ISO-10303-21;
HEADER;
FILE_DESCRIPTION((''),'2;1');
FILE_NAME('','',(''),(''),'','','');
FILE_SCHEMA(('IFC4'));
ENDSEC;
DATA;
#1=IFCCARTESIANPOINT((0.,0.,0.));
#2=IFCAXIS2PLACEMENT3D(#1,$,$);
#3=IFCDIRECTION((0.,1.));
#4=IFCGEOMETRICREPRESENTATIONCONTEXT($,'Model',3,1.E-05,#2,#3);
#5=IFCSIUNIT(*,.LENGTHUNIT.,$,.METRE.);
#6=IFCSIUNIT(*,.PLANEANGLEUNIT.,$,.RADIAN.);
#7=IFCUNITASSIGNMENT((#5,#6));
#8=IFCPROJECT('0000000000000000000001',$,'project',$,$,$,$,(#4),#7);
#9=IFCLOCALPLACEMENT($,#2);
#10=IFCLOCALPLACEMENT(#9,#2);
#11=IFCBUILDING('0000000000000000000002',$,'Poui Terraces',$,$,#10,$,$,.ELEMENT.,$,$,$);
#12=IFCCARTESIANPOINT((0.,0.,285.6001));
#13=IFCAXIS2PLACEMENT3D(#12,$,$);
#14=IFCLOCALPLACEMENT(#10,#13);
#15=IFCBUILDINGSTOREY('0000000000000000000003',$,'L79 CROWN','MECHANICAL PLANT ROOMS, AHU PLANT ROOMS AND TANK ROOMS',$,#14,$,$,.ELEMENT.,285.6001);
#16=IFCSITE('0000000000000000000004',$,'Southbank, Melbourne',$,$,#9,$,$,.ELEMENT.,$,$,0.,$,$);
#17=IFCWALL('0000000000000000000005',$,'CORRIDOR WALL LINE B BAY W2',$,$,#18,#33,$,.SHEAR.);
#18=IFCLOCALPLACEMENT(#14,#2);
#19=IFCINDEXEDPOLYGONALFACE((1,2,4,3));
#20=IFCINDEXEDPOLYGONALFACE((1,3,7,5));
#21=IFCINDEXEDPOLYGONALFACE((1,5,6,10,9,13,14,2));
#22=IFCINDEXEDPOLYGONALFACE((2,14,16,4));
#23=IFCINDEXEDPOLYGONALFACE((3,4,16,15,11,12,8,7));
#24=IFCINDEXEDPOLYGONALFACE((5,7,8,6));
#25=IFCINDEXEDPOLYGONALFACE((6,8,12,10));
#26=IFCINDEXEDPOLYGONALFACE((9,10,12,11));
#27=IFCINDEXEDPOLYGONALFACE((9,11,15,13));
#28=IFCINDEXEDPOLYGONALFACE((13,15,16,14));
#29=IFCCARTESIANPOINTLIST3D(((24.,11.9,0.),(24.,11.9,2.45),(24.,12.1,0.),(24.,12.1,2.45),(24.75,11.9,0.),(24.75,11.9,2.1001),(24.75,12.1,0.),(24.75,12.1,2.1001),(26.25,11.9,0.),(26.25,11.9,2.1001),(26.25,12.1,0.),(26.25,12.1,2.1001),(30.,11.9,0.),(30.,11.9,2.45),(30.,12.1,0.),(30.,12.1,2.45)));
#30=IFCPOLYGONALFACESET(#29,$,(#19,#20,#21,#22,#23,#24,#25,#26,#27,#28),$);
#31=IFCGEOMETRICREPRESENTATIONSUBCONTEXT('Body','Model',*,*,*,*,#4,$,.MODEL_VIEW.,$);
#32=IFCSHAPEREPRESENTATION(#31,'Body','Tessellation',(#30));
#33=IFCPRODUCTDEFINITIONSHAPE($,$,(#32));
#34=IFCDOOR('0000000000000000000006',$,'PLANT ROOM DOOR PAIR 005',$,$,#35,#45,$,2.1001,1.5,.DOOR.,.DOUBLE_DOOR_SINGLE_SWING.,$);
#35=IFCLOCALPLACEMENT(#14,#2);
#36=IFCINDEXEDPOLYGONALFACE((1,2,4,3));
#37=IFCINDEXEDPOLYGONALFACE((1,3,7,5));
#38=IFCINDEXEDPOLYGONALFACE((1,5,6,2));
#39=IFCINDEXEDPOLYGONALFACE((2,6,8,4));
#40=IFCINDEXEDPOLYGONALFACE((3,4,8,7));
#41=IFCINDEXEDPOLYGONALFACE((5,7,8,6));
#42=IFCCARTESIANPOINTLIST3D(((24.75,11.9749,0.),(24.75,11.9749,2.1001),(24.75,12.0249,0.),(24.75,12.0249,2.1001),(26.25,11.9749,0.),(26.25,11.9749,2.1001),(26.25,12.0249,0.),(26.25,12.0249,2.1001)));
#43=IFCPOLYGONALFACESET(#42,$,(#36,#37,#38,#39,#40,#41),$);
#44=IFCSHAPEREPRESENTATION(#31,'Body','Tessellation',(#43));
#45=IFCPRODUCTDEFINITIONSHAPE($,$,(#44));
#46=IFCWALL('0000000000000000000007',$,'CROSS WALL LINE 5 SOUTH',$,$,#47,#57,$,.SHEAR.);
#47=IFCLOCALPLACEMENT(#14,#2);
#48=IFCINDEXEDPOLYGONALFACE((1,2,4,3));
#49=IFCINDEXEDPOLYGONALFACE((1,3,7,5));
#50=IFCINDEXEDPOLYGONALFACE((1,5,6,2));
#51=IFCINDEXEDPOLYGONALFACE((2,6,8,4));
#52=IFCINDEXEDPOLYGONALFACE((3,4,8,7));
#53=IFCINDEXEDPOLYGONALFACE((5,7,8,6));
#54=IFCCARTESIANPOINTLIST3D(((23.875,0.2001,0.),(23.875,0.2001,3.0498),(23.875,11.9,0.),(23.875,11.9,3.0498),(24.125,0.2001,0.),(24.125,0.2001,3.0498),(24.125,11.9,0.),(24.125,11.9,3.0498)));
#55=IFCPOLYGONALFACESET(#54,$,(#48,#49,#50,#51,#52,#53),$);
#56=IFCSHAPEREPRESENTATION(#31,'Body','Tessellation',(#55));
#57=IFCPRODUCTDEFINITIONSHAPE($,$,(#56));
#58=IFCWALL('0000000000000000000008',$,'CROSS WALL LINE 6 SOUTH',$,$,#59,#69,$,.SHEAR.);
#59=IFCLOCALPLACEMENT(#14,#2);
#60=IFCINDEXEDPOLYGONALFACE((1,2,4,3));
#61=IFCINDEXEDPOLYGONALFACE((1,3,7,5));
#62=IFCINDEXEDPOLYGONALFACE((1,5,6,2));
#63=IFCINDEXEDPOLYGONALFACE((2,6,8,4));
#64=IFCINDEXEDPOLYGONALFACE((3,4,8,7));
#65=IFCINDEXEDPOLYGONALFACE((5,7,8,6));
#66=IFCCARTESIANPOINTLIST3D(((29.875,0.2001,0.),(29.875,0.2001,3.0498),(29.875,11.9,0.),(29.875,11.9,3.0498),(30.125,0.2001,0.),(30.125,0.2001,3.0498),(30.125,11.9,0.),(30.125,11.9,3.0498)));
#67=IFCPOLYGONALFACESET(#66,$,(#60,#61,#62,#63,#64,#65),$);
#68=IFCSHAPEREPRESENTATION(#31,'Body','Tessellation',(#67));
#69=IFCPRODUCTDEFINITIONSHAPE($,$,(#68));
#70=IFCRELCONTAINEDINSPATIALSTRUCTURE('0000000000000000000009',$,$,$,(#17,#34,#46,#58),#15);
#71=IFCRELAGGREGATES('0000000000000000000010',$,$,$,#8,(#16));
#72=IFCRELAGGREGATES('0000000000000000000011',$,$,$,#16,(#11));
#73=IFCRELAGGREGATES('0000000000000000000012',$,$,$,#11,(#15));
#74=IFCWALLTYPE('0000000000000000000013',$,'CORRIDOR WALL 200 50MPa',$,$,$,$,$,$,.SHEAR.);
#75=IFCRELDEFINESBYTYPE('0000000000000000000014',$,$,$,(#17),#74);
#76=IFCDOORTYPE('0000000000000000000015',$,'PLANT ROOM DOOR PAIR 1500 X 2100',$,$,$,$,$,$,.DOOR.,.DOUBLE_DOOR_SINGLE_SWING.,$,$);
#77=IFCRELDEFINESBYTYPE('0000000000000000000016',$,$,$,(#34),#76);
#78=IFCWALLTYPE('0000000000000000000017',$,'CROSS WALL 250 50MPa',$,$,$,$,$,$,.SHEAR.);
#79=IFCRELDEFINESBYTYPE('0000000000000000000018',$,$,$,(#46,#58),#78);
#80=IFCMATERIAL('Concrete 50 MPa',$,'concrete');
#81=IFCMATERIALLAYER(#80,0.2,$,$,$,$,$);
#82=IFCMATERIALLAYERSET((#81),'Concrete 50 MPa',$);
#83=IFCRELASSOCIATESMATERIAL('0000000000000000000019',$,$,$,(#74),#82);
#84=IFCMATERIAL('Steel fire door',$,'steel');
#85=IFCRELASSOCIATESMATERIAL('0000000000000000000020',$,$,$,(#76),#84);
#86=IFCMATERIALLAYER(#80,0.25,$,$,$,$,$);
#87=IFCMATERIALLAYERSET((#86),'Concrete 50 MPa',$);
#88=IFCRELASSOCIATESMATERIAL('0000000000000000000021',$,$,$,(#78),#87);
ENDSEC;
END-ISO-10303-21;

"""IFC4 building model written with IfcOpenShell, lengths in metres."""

from ifc_helpers import new_model, si_unit, direction, frame, frame_2d, origin, place, context, subcontext, project, spatial, rectangle, extrude, material, layer, layer_set, type_object, element, fill, save


model = new_model("IFC4")

# Units and contexts
model_context = context("Model", 3, precision=1e-05, world=origin(), true_north=direction((0.0, 1.0)))
body_context = subcontext(model_context, "Body", "Model", "MODEL_VIEW")
ifc_project = project(units=[si_unit("LENGTHUNIT", "METRE"), si_unit("PLANEANGLEUNIT", "RADIAN")], contexts=[model_context])

# Site, building, storey
site_placement = place(None, origin())
site = spatial("IfcSite", under=ifc_project, at=site_placement, Name="Southbank, Melbourne", CompositionType="ELEMENT", RefElevation=0.0)
building_placement = place(site_placement, origin())
building = spatial("IfcBuilding", under=site, at=building_placement, Name="Poui Terraces", CompositionType="ELEMENT")
storey_placement = place(building_placement, frame((0.0, 0.0, 285.6001)))
storey = spatial("IfcBuildingStorey", under=building, at=storey_placement, Name="L79 CROWN", Description="MECHANICAL PLANT ROOMS, AHU PLANT ROOMS AND TANK ROOMS", CompositionType="ELEMENT", Elevation=285.6001)

# Wall, opening, door
ifc_material_1 = material(Name="Concrete 50 MPa", Category="concrete")
ifc_layer_1 = layer(ifc_material_1, 0.2)
ifc_layer_set_1 = layer_set([ifc_layer_1], Name="Concrete 50 MPa")
wall_type_1 = type_object("IfcWallType", Name="CORRIDOR WALL 200 50MPa", PredefinedType="SHEAR", material=ifc_layer_set_1)
wall_1_placement = place(storey_placement, frame((24.0, 12.0, 0.0), z_axis=(0.0, 0.0, 1.0), x_axis=(1.0, 0.0, 0.0)))
wall_1 = element("IfcWall", 1, at=wall_1_placement, inside=storey, type_object=wall_type_1, Name="CORRIDOR WALL LINE B BAY W2", PredefinedType="SHEAR", context=body_context, shape_type="SweptSolid", body=[
    extrude(rectangle(XDim=6.0, YDim=0.2, at=frame_2d((3.0, 0.0))), origin(), (0.0, 0.0, 1.0), 2.45),
])
opening_1_placement = place(wall_1_placement, frame((0.75, 0.0, 0.0)))
opening_1 = element("IfcOpeningElement", 2, at=opening_1_placement, cuts=wall_1, PredefinedType="OPENING", context=body_context, shape_type="SweptSolid", body=[
    extrude(rectangle(XDim=1.5, YDim=2.1001, at=frame_2d((0.75, 1.05))), frame((0.0, 0.1099, 0.0), z_axis=(0.0, -1.0, 0.0), x_axis=(1.0, 0.0, 0.0)), (0.0, 0.0, 1.0), 0.22),
])
ifc_material_2 = material(Name="Steel fire door", Category="steel")
door_type = type_object("IfcDoorType", Name="PLANT ROOM DOOR PAIR 1500 X 2100", OperationType="DOUBLE_DOOR_SINGLE_SWING", PredefinedType="DOOR", material=ifc_material_2)
door_placement = place(opening_1_placement, origin())
door = element("IfcDoor", 3, at=door_placement, inside=storey, type_object=door_type, Name="PLANT ROOM DOOR PAIR 005", OperationType="DOUBLE_DOOR_SINGLE_SWING", OverallHeight=2.1001, OverallWidth=1.5, PredefinedType="DOOR", context=body_context, shape_type="SweptSolid", body=[
    extrude(rectangle(XDim=1.5, YDim=2.1001, at=frame_2d((0.75, 1.05))), frame((0.0, 0.0249, 0.0), z_axis=(0.0, -1.0, 0.0), x_axis=(1.0, 0.0, 0.0)), (0.0, 0.0, 1.0), 0.05),
])
fill(opening_1, door)

# Walls
ifc_layer_2 = layer(ifc_material_1, 0.25)
ifc_layer_set_2 = layer_set([ifc_layer_2], Name="Concrete 50 MPa")
wall_type_2 = type_object("IfcWallType", Name="CROSS WALL 250 50MPa", PredefinedType="SHEAR", material=ifc_layer_set_2)
for number, where, z_axis, x_axis, name in (
    (4, (24.0, 0.2, 0.0), (0.0, 0.0, 1.0), (0.0, 1.0, 0.0), "CROSS WALL LINE 5 SOUTH"),
    (5, (30.0, 0.2, 0.0), (0.0, 0.0, 1.0), (0.0, 1.0, 0.0), "CROSS WALL LINE 6 SOUTH"),
):
    element("IfcWall", number, at=place(storey_placement, frame(where, z_axis=z_axis, x_axis=x_axis)), inside=storey, type_object=wall_type_2, Name=name, PredefinedType="SHEAR", context=body_context, shape_type="SweptSolid", body=[
        extrude(rectangle(XDim=11.7, YDim=0.25, at=frame_2d((5.8501, 0.0))), origin(), (0.0, 0.0, 1.0), 3.0498),
    ])

save(model, "model.ifc")
